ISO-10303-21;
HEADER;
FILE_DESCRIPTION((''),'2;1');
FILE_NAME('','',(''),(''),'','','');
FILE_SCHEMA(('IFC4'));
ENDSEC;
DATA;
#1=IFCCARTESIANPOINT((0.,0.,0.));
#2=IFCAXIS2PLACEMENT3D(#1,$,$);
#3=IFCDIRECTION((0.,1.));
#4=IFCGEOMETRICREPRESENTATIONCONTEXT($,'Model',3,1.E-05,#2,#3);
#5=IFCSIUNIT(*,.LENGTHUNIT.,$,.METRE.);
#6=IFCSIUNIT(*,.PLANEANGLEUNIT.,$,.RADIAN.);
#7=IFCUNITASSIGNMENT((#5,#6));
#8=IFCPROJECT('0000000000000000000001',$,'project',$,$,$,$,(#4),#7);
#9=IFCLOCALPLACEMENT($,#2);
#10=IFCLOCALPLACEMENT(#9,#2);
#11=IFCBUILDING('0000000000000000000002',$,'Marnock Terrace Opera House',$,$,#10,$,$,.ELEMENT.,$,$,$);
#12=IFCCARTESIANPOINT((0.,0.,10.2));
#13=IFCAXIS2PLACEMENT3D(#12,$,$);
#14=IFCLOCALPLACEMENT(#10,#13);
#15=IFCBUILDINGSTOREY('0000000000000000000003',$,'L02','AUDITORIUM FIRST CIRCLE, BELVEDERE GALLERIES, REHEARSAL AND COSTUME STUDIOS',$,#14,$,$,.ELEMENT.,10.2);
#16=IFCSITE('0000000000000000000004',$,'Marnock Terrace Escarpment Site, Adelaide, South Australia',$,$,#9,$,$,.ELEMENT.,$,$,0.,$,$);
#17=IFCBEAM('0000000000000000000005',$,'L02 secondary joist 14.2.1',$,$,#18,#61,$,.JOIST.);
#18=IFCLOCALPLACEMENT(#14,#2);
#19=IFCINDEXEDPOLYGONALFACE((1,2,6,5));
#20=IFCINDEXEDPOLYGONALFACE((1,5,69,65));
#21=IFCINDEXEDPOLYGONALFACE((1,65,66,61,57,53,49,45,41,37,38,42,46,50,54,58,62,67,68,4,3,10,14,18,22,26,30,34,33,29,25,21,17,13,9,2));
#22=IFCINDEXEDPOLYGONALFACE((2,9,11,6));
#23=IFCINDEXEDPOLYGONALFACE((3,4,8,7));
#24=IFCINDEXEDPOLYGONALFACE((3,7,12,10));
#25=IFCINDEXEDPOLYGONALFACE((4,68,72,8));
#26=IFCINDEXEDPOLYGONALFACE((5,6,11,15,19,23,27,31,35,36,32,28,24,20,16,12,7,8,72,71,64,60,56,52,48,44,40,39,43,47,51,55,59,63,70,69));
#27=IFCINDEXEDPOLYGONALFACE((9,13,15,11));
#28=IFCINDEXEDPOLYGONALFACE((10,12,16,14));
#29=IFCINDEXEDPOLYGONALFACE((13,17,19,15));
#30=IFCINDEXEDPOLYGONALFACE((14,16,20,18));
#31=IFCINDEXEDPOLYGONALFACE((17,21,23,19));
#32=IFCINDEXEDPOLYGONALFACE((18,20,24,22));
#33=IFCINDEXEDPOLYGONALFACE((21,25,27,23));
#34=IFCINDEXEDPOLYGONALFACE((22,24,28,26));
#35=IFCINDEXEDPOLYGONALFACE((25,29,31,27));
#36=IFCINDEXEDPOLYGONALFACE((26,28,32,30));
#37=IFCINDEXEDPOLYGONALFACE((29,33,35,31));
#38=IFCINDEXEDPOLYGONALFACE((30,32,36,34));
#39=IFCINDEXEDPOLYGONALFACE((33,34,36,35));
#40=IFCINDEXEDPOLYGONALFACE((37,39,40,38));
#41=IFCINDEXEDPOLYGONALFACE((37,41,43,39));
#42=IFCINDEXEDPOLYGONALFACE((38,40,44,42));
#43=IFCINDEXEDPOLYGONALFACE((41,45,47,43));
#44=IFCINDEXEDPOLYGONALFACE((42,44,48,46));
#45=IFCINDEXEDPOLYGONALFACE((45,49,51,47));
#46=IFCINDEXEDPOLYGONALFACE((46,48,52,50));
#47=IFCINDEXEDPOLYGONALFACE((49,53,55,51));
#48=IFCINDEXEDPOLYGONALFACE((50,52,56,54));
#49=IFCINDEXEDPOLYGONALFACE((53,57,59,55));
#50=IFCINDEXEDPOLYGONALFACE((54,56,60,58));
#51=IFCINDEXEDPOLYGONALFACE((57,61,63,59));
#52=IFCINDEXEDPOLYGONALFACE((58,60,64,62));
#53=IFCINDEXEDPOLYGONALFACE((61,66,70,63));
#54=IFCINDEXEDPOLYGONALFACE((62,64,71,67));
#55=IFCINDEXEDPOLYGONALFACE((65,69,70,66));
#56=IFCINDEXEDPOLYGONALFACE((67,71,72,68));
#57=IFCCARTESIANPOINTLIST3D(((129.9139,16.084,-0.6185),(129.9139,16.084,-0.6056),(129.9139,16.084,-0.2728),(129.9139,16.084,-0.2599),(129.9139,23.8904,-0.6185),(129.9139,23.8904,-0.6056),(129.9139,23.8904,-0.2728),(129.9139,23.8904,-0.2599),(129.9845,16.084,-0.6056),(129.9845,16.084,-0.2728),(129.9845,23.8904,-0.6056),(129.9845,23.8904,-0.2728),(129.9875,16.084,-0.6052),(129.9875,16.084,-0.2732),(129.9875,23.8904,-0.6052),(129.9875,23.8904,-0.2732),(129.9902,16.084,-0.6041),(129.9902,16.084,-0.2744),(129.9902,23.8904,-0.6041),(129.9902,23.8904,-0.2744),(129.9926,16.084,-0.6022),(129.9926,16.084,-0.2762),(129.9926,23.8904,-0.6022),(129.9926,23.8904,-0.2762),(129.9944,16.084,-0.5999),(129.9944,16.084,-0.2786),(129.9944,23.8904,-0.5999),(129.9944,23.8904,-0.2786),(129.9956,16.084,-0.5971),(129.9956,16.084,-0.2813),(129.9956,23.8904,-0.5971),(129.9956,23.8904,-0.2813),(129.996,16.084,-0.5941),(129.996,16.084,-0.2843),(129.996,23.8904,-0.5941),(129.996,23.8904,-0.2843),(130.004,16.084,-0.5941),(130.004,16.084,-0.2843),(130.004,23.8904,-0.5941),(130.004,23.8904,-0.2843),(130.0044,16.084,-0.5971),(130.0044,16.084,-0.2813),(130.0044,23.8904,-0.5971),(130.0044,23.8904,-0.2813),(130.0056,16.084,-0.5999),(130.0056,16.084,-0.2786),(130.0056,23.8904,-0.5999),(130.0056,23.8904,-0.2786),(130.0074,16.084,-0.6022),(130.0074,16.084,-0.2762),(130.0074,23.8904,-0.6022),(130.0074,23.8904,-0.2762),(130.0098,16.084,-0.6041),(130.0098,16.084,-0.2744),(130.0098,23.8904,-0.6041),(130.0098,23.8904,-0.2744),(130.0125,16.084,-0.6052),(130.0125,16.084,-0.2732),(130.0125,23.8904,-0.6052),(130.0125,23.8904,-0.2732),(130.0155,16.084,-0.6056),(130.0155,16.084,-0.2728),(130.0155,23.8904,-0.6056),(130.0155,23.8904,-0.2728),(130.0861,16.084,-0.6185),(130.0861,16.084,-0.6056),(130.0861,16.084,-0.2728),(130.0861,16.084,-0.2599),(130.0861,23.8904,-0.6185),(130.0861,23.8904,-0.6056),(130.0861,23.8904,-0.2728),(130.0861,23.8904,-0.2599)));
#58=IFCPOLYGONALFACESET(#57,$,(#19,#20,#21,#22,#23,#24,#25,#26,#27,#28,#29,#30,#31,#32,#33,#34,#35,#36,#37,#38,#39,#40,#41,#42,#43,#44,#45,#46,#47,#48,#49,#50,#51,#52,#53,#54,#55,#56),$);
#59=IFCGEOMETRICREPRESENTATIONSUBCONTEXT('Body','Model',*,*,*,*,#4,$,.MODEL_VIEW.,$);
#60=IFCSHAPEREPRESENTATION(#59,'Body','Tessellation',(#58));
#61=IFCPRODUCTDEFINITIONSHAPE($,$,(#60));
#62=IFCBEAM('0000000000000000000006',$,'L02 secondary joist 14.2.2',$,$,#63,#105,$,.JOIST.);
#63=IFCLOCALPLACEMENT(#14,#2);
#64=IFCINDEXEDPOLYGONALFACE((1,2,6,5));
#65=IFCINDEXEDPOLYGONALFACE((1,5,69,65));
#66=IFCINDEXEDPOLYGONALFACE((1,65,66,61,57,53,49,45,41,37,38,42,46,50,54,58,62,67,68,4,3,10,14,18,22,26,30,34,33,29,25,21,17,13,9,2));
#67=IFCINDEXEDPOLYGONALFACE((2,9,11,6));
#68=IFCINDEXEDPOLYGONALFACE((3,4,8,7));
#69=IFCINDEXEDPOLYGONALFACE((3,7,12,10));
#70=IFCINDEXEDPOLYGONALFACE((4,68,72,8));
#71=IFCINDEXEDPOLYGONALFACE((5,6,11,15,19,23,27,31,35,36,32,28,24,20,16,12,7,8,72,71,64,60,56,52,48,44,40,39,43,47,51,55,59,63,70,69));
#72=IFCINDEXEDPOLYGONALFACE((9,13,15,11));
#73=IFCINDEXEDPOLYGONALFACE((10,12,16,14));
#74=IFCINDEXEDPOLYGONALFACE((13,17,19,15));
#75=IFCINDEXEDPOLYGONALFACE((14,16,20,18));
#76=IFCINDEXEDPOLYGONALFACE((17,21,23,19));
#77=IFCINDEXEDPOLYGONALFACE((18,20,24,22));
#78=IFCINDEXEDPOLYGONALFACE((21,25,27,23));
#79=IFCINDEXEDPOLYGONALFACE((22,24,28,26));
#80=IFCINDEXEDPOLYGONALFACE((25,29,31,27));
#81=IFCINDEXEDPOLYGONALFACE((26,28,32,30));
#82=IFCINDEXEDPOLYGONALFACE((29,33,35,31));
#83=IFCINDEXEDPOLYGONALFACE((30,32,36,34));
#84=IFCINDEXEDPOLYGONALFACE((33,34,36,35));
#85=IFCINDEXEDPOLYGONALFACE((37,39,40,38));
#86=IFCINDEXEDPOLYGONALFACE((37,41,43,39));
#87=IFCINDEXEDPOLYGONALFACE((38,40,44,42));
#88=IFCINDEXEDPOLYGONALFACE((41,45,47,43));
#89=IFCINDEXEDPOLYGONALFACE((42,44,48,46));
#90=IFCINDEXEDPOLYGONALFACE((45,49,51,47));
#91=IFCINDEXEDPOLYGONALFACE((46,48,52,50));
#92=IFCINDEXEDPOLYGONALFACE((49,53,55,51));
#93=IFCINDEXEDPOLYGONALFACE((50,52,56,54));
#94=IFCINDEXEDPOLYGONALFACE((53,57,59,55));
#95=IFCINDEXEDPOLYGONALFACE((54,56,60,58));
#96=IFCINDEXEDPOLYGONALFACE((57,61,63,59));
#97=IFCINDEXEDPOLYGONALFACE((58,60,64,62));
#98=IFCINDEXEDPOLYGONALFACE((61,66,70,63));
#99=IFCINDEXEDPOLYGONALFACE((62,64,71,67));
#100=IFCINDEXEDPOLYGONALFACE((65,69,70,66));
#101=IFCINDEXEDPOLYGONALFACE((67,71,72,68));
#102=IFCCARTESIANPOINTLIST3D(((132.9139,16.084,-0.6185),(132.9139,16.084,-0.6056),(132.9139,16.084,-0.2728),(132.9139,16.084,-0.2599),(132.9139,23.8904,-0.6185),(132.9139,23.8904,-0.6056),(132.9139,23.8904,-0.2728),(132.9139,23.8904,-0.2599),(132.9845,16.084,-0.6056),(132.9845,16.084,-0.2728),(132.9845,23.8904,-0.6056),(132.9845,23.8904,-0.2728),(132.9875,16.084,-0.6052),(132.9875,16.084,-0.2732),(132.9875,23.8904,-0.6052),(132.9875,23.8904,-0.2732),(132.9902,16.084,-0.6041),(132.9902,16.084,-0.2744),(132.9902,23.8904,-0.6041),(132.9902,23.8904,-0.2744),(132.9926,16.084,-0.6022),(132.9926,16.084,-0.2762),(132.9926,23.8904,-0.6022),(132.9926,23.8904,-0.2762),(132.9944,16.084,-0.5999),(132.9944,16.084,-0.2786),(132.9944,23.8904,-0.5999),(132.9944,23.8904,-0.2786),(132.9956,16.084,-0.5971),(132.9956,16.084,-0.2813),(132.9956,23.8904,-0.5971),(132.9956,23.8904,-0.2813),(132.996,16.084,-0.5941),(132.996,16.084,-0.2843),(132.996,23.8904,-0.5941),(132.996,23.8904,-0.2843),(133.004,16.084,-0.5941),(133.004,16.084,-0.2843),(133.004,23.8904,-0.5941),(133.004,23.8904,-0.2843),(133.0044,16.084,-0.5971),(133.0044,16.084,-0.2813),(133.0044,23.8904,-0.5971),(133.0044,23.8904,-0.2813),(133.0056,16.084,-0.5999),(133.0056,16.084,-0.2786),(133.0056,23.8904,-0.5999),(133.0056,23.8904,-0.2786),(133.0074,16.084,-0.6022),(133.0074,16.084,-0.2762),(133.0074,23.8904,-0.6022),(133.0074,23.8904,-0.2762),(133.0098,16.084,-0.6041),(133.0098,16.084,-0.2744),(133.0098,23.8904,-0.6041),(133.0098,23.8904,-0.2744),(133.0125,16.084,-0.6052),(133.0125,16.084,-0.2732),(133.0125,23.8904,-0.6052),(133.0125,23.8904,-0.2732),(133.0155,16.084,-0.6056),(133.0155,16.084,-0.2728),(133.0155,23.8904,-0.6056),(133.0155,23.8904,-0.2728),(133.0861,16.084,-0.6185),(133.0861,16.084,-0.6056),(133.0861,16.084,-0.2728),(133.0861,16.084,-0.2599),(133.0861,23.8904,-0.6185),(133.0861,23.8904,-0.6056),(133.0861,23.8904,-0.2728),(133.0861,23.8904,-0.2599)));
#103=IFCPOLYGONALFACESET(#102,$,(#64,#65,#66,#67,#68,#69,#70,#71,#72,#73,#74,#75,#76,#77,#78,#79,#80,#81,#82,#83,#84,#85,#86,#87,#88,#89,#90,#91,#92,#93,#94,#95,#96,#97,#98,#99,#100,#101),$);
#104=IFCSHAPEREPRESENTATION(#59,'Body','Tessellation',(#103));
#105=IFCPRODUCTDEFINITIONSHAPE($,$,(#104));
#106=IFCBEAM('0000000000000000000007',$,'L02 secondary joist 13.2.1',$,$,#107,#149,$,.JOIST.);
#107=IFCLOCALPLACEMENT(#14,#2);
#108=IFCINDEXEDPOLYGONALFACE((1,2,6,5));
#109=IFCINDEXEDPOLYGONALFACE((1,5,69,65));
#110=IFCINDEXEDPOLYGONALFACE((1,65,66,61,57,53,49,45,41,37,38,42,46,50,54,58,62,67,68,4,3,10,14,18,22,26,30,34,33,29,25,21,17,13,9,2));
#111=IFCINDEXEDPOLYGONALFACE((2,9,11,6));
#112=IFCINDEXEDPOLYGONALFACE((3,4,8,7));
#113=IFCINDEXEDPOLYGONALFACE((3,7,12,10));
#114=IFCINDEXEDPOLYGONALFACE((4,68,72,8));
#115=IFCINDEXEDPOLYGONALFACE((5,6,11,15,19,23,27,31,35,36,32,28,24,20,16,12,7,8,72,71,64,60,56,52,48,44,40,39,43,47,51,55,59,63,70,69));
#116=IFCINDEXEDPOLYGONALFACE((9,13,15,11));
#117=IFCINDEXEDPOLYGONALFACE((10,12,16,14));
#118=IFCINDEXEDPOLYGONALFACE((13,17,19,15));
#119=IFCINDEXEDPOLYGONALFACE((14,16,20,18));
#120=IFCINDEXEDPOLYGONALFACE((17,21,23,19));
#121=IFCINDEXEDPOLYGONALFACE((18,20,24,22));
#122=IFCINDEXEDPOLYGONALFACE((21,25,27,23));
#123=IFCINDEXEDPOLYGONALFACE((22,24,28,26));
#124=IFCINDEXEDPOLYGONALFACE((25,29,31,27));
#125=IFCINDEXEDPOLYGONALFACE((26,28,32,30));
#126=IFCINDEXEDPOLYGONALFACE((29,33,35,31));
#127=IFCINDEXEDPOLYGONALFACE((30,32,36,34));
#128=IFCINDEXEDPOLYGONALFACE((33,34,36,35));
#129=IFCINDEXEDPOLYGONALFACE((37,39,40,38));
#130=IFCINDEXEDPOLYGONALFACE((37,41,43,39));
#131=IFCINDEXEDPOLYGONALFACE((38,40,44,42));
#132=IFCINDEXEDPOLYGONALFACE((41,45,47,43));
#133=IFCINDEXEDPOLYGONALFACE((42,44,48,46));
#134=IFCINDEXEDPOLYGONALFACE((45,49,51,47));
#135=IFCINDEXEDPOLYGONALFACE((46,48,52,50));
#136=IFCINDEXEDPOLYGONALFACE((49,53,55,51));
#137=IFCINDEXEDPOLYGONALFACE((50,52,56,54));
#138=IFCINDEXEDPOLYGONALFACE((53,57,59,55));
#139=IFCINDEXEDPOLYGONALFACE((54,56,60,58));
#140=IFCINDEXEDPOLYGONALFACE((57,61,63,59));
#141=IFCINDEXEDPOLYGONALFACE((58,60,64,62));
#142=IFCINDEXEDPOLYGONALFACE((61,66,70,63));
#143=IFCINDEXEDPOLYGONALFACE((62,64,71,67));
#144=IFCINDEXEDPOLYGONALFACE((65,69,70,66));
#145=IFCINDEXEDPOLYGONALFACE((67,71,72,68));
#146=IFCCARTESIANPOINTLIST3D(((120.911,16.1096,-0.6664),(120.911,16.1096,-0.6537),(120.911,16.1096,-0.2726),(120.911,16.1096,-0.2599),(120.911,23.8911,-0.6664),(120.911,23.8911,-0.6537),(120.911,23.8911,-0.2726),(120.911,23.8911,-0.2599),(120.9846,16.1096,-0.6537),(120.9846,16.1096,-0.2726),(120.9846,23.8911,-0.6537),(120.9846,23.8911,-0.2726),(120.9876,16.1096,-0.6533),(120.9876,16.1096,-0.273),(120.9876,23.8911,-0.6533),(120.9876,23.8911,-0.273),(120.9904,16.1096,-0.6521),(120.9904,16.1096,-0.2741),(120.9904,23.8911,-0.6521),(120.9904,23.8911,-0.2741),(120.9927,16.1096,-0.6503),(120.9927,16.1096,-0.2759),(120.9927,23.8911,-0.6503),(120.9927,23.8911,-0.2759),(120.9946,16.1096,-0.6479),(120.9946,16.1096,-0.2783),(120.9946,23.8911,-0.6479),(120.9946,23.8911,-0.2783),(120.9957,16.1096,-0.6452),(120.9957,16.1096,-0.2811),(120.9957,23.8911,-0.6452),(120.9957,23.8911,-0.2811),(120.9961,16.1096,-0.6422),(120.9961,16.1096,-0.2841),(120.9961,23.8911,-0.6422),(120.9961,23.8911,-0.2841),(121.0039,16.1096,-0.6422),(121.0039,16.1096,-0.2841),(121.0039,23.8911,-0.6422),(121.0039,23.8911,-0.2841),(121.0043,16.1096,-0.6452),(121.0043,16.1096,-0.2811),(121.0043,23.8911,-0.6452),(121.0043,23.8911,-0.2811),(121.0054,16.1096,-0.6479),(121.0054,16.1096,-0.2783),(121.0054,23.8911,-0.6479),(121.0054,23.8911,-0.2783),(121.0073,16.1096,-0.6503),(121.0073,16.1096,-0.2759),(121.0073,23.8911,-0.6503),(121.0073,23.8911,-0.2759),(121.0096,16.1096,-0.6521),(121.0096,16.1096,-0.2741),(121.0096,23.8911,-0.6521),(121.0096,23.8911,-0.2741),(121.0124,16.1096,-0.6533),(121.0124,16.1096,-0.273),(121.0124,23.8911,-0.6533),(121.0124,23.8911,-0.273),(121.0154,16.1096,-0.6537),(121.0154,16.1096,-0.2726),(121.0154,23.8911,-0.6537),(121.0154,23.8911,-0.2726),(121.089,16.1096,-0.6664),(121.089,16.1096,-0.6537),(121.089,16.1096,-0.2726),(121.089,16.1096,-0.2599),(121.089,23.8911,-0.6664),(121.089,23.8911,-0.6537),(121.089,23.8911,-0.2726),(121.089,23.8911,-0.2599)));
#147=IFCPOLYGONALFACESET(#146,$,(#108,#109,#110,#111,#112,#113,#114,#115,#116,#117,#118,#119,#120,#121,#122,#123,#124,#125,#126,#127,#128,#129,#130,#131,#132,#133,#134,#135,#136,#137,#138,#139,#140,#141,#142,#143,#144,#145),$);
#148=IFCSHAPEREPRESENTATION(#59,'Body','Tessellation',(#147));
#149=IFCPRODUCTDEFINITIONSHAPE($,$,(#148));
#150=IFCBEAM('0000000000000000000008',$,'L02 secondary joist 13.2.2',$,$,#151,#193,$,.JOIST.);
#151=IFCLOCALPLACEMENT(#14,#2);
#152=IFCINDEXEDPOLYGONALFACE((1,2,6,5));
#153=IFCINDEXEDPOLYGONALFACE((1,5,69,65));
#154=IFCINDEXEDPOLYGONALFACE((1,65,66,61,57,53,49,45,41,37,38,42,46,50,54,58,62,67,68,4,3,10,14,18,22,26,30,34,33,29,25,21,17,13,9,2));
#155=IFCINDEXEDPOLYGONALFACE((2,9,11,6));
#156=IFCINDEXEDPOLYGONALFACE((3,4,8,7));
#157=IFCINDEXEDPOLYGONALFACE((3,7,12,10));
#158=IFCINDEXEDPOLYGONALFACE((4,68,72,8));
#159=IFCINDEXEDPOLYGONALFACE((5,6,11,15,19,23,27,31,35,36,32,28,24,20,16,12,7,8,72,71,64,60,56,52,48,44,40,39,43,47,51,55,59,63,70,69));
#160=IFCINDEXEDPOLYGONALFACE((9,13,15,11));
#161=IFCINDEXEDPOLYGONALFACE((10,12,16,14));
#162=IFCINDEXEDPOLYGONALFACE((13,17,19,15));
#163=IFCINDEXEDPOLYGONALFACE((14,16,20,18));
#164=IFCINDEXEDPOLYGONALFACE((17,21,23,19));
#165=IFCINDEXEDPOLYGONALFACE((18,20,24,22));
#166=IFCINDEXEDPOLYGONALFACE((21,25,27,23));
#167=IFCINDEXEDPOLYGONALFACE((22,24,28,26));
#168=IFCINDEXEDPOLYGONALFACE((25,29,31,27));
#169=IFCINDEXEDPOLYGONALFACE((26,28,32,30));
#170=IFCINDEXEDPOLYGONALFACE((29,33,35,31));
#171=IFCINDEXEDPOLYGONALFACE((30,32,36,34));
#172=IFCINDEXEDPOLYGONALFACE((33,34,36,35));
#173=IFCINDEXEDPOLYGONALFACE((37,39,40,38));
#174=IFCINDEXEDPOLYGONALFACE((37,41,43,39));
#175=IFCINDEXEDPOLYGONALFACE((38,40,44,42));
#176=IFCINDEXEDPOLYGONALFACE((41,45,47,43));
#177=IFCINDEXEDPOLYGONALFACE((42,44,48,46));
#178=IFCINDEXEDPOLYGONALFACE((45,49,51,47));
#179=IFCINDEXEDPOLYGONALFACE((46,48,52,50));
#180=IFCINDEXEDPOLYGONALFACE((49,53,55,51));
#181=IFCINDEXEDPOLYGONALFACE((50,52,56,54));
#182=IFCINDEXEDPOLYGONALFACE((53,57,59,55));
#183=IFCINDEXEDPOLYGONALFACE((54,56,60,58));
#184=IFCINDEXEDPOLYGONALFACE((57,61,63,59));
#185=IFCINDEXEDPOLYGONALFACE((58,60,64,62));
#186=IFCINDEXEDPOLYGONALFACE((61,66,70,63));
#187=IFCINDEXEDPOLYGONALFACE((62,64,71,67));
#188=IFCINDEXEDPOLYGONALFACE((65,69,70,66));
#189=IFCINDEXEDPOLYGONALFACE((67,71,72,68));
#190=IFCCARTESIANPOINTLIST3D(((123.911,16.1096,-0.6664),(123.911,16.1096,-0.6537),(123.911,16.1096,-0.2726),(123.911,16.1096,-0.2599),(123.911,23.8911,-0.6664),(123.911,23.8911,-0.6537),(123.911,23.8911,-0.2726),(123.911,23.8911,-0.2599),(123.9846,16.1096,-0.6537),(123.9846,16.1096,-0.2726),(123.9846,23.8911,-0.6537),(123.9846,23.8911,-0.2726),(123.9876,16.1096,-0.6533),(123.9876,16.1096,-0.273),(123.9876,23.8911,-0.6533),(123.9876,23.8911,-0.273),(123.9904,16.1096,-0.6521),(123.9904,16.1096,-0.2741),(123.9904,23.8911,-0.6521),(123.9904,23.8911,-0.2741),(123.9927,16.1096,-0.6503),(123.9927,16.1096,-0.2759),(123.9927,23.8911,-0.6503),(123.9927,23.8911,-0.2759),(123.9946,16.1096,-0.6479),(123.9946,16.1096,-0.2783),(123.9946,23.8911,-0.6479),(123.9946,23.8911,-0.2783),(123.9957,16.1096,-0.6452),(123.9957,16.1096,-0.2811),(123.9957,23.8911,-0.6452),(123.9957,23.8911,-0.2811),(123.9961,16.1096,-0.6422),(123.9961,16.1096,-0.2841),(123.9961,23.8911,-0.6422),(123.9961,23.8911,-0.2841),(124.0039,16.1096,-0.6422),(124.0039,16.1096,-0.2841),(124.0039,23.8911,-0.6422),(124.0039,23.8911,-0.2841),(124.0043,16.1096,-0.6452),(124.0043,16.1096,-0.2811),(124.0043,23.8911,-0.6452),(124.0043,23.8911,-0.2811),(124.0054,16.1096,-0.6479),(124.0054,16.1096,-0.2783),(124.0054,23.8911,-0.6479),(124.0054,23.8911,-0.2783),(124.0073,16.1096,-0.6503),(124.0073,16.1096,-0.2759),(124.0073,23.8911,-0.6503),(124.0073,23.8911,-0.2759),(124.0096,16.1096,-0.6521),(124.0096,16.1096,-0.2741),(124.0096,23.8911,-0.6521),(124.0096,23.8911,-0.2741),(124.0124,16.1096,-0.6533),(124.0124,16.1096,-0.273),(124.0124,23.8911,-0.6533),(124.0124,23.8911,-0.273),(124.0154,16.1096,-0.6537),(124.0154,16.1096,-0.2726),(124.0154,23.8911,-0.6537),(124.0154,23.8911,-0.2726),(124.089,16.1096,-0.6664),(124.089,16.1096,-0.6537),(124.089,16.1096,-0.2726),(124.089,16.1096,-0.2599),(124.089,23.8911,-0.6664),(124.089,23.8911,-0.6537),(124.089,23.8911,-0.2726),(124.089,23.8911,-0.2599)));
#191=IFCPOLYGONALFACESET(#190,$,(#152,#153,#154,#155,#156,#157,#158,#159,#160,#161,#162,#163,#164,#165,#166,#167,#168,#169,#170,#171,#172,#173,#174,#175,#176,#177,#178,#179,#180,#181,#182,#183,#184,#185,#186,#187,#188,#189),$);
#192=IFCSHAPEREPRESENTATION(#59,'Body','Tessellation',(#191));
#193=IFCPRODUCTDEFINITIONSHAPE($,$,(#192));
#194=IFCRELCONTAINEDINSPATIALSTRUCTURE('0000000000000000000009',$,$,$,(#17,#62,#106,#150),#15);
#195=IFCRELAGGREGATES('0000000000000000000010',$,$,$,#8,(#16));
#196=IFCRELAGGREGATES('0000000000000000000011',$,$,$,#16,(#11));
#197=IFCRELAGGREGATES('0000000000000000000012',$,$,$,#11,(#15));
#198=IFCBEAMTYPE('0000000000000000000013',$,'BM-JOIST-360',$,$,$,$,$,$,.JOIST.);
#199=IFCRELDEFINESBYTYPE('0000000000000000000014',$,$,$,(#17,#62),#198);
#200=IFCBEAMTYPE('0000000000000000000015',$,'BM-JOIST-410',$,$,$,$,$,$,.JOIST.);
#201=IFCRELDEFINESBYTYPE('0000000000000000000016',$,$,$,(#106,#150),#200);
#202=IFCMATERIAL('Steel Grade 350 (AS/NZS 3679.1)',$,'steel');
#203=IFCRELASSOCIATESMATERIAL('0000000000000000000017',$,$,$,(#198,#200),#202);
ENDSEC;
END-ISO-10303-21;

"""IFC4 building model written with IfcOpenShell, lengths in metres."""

from ifc_helpers import new_model, si_unit, direction, frame, origin, origin_2d, place, context, subcontext, project, spatial, i_section, extrude, material, material_profile, profile_set, type_object, element, save


model = new_model("IFC4")

# Units and contexts
model_context = context("Model", 3, precision=1e-05, world=origin(), true_north=direction((0.0, 1.0)))
body_context = subcontext(model_context, "Body", "Model", "MODEL_VIEW")
ifc_project = project(units=[si_unit("LENGTHUNIT", "METRE"), si_unit("PLANEANGLEUNIT", "RADIAN")], contexts=[model_context])

# Site, building, storey
site_placement = place(None, origin())
site = spatial("IfcSite", under=ifc_project, at=site_placement, Name="Marnock Terrace Escarpment Site, Adelaide, South Australia", CompositionType="ELEMENT", RefElevation=0.0)
building_placement = place(site_placement, origin())
building = spatial("IfcBuilding", under=site, at=building_placement, Name="Marnock Terrace Opera House", CompositionType="ELEMENT")
storey_placement = place(building_placement, frame((0.0, 0.0, 10.2)))
storey = spatial("IfcBuildingStorey", under=building, at=storey_placement, Name="L02", Description="AUDITORIUM FIRST CIRCLE, BELVEDERE GALLERIES, REHEARSAL AND COSTUME STUDIOS", CompositionType="ELEMENT", Elevation=10.2)

# Beams
ifc_material_1 = material(Name="Steel Grade 350 (AS/NZS 3679.1)", Category="steel")
ifc_material_profile_1 = material_profile(ifc_material_1, i_section(OverallWidth=0.1721, OverallDepth=0.3586, WebThickness=0.0081, FlangeThickness=0.0129, FilletRadius=0.0115, at=origin_2d()))
ifc_profile_set_1 = profile_set([ifc_material_profile_1], Name="Steel Grade 350 (AS/NZS 3679.1)")
beam_type_1 = type_object("IfcBeamType", Name="BM-JOIST-360", PredefinedType="JOIST", material=ifc_profile_set_1)
for number, where, z_axis, x_axis, name in (
    (1, (130.0, 16.084, -0.4392), (0.0, 1.0, 0.0), (-1.0, 0.0, 0.0), "L02 secondary joist 14.2.1"),
    (2, (133.0, 16.084, -0.4392), (0.0, 1.0, 0.0), (-1.0, 0.0, 0.0), "L02 secondary joist 14.2.2"),
):
    element("IfcBeam", number, at=place(storey_placement, frame(where, z_axis=z_axis, x_axis=x_axis)), inside=storey, type_object=beam_type_1, Name=name, PredefinedType="JOIST", context=body_context, shape_type="SweptSolid", body=[
        extrude(i_section(OverallWidth=0.1721, OverallDepth=0.3586, WebThickness=0.0081, FlangeThickness=0.0129, FilletRadius=0.0115, at=origin_2d()), origin(), (0.0, 0.0, 1.0), 7.8064),
    ])
ifc_material_profile_2 = material_profile(ifc_material_1, i_section(OverallWidth=0.178, OverallDepth=0.4065, WebThickness=0.0078, FlangeThickness=0.0127, FilletRadius=0.0115, at=origin_2d()))
ifc_profile_set_2 = profile_set([ifc_material_profile_2], Name="Steel Grade 350 (AS/NZS 3679.1)")
beam_type_2 = type_object("IfcBeamType", Name="BM-JOIST-410", PredefinedType="JOIST", material=ifc_profile_set_2)
for number, where, z_axis, x_axis, name in (
    (3, (121.0, 16.1096, -0.4631), (0.0, 1.0, 0.0), (-1.0, 0.0, 0.0), "L02 secondary joist 13.2.1"),
    (4, (124.0, 16.1096, -0.4631), (0.0, 1.0, 0.0), (-1.0, 0.0, 0.0), "L02 secondary joist 13.2.2"),
):
    element("IfcBeam", number, at=place(storey_placement, frame(where, z_axis=z_axis, x_axis=x_axis)), inside=storey, type_object=beam_type_2, Name=name, PredefinedType="JOIST", context=body_context, shape_type="SweptSolid", body=[
        extrude(i_section(OverallWidth=0.178, OverallDepth=0.4065, WebThickness=0.0078, FlangeThickness=0.0127, FilletRadius=0.0115, at=origin_2d()), origin(), (0.0, 0.0, 1.0), 7.7815),
    ])

save(model, "model.ifc")
